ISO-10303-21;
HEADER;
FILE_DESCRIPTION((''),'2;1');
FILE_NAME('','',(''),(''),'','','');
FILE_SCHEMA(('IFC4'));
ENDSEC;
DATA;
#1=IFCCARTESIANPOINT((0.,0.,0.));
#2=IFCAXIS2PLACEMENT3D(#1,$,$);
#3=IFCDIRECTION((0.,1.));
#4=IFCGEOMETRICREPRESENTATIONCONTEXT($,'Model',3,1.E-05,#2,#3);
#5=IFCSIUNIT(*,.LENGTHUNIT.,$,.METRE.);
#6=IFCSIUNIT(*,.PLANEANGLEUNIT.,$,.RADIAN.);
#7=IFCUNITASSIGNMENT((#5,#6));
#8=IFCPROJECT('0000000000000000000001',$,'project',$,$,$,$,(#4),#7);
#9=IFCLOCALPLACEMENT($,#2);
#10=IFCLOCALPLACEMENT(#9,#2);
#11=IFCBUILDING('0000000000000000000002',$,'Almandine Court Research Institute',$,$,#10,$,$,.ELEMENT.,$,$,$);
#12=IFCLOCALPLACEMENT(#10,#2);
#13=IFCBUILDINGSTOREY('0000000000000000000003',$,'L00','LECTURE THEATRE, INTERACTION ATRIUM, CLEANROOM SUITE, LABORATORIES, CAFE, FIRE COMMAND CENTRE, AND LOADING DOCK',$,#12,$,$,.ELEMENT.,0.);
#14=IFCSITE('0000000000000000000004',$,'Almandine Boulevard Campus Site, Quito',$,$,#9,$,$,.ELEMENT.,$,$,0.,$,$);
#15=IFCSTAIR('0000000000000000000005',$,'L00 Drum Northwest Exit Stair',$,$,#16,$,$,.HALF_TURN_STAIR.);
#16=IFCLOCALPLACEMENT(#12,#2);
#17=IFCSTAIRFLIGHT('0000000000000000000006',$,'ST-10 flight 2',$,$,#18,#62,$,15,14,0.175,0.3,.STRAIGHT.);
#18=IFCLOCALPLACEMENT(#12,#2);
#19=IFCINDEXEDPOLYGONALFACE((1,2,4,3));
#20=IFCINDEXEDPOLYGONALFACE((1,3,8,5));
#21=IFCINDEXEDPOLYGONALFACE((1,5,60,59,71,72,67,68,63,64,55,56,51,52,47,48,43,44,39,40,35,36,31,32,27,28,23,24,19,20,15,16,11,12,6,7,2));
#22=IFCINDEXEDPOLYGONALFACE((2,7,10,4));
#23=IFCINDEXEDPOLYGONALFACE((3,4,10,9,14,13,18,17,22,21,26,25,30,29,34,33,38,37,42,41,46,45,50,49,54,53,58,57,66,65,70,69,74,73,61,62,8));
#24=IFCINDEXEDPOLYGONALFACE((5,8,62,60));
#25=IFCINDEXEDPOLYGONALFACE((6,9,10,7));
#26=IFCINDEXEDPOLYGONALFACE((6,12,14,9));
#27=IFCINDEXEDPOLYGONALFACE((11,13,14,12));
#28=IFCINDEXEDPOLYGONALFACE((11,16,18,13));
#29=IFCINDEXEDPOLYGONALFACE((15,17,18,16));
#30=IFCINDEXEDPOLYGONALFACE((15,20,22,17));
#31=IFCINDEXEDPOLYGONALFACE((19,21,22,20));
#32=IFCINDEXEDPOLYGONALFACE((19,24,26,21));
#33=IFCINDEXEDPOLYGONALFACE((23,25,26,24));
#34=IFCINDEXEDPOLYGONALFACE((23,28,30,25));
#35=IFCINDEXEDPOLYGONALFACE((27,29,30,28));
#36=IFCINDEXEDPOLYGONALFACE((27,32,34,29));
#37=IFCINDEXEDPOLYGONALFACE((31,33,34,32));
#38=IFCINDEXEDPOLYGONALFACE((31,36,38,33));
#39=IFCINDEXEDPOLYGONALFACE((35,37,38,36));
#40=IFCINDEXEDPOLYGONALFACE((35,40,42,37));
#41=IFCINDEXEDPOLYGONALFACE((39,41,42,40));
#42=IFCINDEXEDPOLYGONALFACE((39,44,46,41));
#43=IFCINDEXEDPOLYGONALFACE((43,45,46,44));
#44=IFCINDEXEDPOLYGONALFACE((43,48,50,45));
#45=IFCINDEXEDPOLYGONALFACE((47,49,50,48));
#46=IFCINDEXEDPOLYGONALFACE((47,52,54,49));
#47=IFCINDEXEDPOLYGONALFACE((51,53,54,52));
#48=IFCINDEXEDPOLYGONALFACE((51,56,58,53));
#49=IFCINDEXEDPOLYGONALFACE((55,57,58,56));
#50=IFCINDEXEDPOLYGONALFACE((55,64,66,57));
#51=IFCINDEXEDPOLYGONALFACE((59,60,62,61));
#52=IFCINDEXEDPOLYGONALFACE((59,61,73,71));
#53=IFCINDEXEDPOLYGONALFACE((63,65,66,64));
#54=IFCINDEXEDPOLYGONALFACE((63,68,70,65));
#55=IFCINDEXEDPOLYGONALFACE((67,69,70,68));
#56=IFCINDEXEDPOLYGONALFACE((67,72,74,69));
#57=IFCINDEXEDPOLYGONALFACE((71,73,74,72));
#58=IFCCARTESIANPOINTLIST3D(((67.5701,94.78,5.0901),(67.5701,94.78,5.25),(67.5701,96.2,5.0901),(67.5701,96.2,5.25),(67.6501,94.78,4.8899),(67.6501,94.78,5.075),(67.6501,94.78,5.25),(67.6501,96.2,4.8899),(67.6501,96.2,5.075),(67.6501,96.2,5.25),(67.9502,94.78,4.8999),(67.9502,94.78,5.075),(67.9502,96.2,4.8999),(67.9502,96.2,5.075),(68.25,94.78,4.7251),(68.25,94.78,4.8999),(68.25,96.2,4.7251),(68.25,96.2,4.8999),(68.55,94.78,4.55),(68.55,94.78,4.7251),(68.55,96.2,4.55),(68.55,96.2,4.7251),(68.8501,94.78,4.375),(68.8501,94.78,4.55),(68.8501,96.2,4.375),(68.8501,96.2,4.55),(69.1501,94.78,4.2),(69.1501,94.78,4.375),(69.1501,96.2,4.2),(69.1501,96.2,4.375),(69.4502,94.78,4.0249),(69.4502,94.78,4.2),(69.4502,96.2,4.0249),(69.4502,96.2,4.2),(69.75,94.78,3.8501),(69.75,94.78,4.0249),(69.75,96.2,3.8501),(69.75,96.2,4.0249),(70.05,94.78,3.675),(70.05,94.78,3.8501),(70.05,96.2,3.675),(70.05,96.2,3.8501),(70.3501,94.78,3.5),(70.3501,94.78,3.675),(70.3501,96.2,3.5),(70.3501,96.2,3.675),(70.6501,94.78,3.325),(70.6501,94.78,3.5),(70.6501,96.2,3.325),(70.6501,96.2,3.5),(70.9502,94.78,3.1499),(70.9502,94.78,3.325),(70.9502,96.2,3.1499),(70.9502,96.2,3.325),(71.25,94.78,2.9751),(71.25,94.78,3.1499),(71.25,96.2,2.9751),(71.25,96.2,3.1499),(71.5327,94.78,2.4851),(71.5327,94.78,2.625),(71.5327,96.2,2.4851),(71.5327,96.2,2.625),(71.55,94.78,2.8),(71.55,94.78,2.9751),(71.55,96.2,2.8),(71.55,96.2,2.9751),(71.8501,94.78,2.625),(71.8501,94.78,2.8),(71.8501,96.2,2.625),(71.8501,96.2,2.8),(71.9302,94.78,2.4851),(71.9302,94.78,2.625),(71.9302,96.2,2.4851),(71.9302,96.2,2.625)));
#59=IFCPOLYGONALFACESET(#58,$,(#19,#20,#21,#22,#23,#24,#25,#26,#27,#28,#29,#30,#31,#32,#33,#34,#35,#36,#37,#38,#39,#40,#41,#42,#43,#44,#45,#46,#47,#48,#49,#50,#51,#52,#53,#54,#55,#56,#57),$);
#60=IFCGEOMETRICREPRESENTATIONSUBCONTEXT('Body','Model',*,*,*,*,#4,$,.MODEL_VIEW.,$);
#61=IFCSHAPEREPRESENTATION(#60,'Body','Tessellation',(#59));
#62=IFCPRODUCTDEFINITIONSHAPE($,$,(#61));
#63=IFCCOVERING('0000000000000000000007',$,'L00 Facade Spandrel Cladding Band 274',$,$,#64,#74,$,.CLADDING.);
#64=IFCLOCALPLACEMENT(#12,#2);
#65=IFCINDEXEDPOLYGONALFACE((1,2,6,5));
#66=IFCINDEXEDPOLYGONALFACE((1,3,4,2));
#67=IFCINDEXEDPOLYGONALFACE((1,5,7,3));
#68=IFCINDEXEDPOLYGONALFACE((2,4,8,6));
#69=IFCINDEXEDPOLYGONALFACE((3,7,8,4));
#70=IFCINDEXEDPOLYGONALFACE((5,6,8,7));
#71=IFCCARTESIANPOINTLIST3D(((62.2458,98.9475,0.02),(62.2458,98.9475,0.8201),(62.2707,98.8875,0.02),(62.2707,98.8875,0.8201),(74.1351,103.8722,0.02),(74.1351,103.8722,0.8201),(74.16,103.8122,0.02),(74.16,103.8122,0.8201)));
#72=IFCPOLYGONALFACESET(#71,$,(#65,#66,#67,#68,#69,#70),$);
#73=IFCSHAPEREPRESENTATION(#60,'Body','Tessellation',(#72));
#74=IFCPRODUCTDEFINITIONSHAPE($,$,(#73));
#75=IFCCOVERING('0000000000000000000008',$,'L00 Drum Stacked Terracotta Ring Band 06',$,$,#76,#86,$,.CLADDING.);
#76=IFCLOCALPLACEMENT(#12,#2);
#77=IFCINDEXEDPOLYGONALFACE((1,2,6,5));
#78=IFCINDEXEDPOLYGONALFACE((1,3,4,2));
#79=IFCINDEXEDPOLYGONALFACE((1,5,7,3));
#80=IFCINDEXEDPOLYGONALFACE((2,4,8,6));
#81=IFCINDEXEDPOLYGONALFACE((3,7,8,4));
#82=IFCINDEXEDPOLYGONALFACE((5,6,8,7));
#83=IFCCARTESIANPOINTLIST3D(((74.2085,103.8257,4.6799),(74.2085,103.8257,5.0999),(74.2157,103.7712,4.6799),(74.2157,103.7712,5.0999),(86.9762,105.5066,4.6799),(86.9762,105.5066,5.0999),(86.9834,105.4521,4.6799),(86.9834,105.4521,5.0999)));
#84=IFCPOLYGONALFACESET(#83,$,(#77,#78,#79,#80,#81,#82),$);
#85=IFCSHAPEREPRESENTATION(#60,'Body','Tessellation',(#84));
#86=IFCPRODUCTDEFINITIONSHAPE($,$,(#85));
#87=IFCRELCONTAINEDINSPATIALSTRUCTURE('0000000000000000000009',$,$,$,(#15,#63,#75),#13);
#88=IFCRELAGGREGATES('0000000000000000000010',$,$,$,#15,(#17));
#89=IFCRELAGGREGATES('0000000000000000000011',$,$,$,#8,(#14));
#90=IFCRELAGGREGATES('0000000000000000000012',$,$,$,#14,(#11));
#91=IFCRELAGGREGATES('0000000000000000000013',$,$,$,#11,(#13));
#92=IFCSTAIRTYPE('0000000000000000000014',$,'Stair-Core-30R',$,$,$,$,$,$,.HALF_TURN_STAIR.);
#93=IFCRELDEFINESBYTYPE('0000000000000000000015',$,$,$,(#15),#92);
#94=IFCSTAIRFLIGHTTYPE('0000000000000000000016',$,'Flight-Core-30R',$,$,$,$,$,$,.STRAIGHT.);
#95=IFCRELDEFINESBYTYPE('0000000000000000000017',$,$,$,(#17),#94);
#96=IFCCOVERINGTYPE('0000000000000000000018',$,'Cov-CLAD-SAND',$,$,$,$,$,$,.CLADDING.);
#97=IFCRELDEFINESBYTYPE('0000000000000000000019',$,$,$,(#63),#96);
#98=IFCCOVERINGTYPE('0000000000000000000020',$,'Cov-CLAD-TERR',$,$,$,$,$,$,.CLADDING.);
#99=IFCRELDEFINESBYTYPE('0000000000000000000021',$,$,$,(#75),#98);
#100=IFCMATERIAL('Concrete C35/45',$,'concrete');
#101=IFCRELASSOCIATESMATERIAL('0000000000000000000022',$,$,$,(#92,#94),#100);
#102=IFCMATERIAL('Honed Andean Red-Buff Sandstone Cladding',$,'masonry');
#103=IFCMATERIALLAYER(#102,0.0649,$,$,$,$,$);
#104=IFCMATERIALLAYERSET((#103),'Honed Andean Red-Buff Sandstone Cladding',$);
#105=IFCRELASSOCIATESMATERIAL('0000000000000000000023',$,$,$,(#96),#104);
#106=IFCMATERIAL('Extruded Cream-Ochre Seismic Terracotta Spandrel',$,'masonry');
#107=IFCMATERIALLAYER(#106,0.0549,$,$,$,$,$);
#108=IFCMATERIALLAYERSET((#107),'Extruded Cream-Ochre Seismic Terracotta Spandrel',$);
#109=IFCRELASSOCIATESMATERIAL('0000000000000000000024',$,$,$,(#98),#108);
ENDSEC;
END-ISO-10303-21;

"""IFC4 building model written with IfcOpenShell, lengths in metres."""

from ifc_helpers import new_model, si_unit, direction, frame, origin, origin_2d, place, context, subcontext, project, spatial, polyline, rectangle, outline, extrude, material, layer, layer_set, type_object, element, aggregate, save


model = new_model("IFC4")

# Units and contexts
model_context = context("Model", 3, precision=1e-05, world=origin(), true_north=direction((0.0, 1.0)))
body_context = subcontext(model_context, "Body", "Model", "MODEL_VIEW")
ifc_project = project(units=[si_unit("LENGTHUNIT", "METRE"), si_unit("PLANEANGLEUNIT", "RADIAN")], contexts=[model_context])

# Site, building, storey
site_placement = place(None, origin())
site = spatial("IfcSite", under=ifc_project, at=site_placement, Name="Almandine Boulevard Campus Site, Quito", CompositionType="ELEMENT", RefElevation=0.0)
building_placement = place(site_placement, origin())
building = spatial("IfcBuilding", under=site, at=building_placement, Name="Almandine Court Research Institute", CompositionType="ELEMENT")
storey_placement = place(building_placement, origin())
storey = spatial("IfcBuildingStorey", under=building, at=storey_placement, Name="L00", Description="LECTURE THEATRE, INTERACTION ATRIUM, CLEANROOM SUITE, LABORATORIES, CAFE, FIRE COMMAND CENTRE, AND LOADING DOCK", CompositionType="ELEMENT", Elevation=0.0)

# Stair, stair flight
ifc_material_1 = material(Name="Concrete C35/45", Category="concrete")
stair_type = type_object("IfcStairType", Name="Stair-Core-30R", PredefinedType="HALF_TURN_STAIR", material=ifc_material_1)
stair_placement = place(storey_placement, origin())
stair = element("IfcStair", 1, at=stair_placement, inside=storey, type_object=stair_type, Name="L00 Drum Northwest Exit Stair", PredefinedType="HALF_TURN_STAIR")
stair_flight_type = type_object("IfcStairFlightType", Name="Flight-Core-30R", PredefinedType="STRAIGHT", material=ifc_material_1)
stair_flight_placement = place(storey_placement, frame((71.8501, 95.49, 2.625), z_axis=(0.0, 0.0, 1.0), x_axis=(-1.0, 0.0, 0.0)))
stair_flight = element("IfcStairFlight", 2, at=stair_flight_placement, type_object=stair_flight_type, Name="ST-10 flight 2", NumberOfRisers=15, NumberOfTreads=14, PredefinedType="STRAIGHT", RiserHeight=0.175, TreadLength=0.3, context=body_context, shape_type="SweptSolid", body=[
    extrude(outline(polyline([(-0.0801, -0.1399), (-0.0801, 0.0), (0.0, 0.0), (0.0, 0.175), (0.3, 0.175), (0.3, 0.3501), (0.6001, 0.3501), (0.6001, 0.5249), (0.8999, 0.5249), (0.8999, 0.7), (1.2, 0.7), (1.2, 0.875), (1.5, 0.875), (1.5, 1.05), (1.8, 1.05), (1.8, 1.2251), (2.1001, 1.2251), (2.1001, 1.3999), (2.3999, 1.3999), (2.3999, 1.575), (2.7, 1.575), (2.7, 1.75), (3.0, 1.75), (3.0, 1.925), (3.3, 1.925), (3.3, 2.1001), (3.6001, 2.1001), (3.6001, 2.2749), (3.8999, 2.2749), (3.8999, 2.45), (4.2, 2.45), (4.2, 2.625), (4.28, 2.625), (4.28, 2.4651), (4.2, 2.2649), (0.3174, 0.0), (0.3174, -0.1399), (-0.0801, -0.1399)])), frame((0.0, 0.71, 0.0), z_axis=(0.0, -1.0, 0.0), x_axis=(1.0, 0.0, 0.0)), (0.0, 0.0, 1.0), 1.4199),
])
aggregate(stair, [stair_flight])

# Coverings
ifc_material_2 = material(Name="Honed Andean Red-Buff Sandstone Cladding", Category="masonry")
ifc_layer_1 = layer(ifc_material_2, 0.0649)
ifc_layer_set_1 = layer_set([ifc_layer_1], Name="Honed Andean Red-Buff Sandstone Cladding")
covering_type_1 = type_object("IfcCoveringType", Name="Cov-CLAD-SAND", PredefinedType="CLADDING", material=ifc_layer_set_1)
covering_1_placement = place(storey_placement, frame((68.2029, 101.3799, 0.02), z_axis=(0.0, 0.0, 1.0), x_axis=(0.92388, 0.382683, 0.0)))
element("IfcCovering", 3, at=covering_1_placement, inside=storey, type_object=covering_type_1, Name="L00 Facade Spandrel Cladding Band 274", PredefinedType="CLADDING", context=body_context, shape_type="SweptSolid", body=[
    extrude(rectangle(XDim=12.8689, YDim=0.0649, at=origin_2d()), origin(), (0.0, 0.0, 1.0), 0.8),
])
ifc_material_3 = material(Name="Extruded Cream-Ochre Seismic Terracotta Spandrel", Category="masonry")
ifc_layer_2 = layer(ifc_material_3, 0.0549)
ifc_layer_set_2 = layer_set([ifc_layer_2], Name="Extruded Cream-Ochre Seismic Terracotta Spandrel")
covering_type_2 = type_object("IfcCoveringType", Name="Cov-CLAD-TERR", PredefinedType="CLADDING", material=ifc_layer_set_2)
covering_2_placement = place(storey_placement, frame((80.5959, 104.6389, 4.6799), z_axis=(0.0, 0.0, 1.0), x_axis=(0.991445, 0.130526, 0.0)))
element("IfcCovering", 4, at=covering_2_placement, inside=storey, type_object=covering_type_2, Name="L00 Drum Stacked Terracotta Ring Band 06", PredefinedType="CLADDING", context=body_context, shape_type="SweptSolid", body=[
    extrude(rectangle(XDim=12.8779, YDim=0.0549, at=origin_2d()), origin(), (0.0, 0.0, 1.0), 0.4199),
])

save(model, "model.ifc")
